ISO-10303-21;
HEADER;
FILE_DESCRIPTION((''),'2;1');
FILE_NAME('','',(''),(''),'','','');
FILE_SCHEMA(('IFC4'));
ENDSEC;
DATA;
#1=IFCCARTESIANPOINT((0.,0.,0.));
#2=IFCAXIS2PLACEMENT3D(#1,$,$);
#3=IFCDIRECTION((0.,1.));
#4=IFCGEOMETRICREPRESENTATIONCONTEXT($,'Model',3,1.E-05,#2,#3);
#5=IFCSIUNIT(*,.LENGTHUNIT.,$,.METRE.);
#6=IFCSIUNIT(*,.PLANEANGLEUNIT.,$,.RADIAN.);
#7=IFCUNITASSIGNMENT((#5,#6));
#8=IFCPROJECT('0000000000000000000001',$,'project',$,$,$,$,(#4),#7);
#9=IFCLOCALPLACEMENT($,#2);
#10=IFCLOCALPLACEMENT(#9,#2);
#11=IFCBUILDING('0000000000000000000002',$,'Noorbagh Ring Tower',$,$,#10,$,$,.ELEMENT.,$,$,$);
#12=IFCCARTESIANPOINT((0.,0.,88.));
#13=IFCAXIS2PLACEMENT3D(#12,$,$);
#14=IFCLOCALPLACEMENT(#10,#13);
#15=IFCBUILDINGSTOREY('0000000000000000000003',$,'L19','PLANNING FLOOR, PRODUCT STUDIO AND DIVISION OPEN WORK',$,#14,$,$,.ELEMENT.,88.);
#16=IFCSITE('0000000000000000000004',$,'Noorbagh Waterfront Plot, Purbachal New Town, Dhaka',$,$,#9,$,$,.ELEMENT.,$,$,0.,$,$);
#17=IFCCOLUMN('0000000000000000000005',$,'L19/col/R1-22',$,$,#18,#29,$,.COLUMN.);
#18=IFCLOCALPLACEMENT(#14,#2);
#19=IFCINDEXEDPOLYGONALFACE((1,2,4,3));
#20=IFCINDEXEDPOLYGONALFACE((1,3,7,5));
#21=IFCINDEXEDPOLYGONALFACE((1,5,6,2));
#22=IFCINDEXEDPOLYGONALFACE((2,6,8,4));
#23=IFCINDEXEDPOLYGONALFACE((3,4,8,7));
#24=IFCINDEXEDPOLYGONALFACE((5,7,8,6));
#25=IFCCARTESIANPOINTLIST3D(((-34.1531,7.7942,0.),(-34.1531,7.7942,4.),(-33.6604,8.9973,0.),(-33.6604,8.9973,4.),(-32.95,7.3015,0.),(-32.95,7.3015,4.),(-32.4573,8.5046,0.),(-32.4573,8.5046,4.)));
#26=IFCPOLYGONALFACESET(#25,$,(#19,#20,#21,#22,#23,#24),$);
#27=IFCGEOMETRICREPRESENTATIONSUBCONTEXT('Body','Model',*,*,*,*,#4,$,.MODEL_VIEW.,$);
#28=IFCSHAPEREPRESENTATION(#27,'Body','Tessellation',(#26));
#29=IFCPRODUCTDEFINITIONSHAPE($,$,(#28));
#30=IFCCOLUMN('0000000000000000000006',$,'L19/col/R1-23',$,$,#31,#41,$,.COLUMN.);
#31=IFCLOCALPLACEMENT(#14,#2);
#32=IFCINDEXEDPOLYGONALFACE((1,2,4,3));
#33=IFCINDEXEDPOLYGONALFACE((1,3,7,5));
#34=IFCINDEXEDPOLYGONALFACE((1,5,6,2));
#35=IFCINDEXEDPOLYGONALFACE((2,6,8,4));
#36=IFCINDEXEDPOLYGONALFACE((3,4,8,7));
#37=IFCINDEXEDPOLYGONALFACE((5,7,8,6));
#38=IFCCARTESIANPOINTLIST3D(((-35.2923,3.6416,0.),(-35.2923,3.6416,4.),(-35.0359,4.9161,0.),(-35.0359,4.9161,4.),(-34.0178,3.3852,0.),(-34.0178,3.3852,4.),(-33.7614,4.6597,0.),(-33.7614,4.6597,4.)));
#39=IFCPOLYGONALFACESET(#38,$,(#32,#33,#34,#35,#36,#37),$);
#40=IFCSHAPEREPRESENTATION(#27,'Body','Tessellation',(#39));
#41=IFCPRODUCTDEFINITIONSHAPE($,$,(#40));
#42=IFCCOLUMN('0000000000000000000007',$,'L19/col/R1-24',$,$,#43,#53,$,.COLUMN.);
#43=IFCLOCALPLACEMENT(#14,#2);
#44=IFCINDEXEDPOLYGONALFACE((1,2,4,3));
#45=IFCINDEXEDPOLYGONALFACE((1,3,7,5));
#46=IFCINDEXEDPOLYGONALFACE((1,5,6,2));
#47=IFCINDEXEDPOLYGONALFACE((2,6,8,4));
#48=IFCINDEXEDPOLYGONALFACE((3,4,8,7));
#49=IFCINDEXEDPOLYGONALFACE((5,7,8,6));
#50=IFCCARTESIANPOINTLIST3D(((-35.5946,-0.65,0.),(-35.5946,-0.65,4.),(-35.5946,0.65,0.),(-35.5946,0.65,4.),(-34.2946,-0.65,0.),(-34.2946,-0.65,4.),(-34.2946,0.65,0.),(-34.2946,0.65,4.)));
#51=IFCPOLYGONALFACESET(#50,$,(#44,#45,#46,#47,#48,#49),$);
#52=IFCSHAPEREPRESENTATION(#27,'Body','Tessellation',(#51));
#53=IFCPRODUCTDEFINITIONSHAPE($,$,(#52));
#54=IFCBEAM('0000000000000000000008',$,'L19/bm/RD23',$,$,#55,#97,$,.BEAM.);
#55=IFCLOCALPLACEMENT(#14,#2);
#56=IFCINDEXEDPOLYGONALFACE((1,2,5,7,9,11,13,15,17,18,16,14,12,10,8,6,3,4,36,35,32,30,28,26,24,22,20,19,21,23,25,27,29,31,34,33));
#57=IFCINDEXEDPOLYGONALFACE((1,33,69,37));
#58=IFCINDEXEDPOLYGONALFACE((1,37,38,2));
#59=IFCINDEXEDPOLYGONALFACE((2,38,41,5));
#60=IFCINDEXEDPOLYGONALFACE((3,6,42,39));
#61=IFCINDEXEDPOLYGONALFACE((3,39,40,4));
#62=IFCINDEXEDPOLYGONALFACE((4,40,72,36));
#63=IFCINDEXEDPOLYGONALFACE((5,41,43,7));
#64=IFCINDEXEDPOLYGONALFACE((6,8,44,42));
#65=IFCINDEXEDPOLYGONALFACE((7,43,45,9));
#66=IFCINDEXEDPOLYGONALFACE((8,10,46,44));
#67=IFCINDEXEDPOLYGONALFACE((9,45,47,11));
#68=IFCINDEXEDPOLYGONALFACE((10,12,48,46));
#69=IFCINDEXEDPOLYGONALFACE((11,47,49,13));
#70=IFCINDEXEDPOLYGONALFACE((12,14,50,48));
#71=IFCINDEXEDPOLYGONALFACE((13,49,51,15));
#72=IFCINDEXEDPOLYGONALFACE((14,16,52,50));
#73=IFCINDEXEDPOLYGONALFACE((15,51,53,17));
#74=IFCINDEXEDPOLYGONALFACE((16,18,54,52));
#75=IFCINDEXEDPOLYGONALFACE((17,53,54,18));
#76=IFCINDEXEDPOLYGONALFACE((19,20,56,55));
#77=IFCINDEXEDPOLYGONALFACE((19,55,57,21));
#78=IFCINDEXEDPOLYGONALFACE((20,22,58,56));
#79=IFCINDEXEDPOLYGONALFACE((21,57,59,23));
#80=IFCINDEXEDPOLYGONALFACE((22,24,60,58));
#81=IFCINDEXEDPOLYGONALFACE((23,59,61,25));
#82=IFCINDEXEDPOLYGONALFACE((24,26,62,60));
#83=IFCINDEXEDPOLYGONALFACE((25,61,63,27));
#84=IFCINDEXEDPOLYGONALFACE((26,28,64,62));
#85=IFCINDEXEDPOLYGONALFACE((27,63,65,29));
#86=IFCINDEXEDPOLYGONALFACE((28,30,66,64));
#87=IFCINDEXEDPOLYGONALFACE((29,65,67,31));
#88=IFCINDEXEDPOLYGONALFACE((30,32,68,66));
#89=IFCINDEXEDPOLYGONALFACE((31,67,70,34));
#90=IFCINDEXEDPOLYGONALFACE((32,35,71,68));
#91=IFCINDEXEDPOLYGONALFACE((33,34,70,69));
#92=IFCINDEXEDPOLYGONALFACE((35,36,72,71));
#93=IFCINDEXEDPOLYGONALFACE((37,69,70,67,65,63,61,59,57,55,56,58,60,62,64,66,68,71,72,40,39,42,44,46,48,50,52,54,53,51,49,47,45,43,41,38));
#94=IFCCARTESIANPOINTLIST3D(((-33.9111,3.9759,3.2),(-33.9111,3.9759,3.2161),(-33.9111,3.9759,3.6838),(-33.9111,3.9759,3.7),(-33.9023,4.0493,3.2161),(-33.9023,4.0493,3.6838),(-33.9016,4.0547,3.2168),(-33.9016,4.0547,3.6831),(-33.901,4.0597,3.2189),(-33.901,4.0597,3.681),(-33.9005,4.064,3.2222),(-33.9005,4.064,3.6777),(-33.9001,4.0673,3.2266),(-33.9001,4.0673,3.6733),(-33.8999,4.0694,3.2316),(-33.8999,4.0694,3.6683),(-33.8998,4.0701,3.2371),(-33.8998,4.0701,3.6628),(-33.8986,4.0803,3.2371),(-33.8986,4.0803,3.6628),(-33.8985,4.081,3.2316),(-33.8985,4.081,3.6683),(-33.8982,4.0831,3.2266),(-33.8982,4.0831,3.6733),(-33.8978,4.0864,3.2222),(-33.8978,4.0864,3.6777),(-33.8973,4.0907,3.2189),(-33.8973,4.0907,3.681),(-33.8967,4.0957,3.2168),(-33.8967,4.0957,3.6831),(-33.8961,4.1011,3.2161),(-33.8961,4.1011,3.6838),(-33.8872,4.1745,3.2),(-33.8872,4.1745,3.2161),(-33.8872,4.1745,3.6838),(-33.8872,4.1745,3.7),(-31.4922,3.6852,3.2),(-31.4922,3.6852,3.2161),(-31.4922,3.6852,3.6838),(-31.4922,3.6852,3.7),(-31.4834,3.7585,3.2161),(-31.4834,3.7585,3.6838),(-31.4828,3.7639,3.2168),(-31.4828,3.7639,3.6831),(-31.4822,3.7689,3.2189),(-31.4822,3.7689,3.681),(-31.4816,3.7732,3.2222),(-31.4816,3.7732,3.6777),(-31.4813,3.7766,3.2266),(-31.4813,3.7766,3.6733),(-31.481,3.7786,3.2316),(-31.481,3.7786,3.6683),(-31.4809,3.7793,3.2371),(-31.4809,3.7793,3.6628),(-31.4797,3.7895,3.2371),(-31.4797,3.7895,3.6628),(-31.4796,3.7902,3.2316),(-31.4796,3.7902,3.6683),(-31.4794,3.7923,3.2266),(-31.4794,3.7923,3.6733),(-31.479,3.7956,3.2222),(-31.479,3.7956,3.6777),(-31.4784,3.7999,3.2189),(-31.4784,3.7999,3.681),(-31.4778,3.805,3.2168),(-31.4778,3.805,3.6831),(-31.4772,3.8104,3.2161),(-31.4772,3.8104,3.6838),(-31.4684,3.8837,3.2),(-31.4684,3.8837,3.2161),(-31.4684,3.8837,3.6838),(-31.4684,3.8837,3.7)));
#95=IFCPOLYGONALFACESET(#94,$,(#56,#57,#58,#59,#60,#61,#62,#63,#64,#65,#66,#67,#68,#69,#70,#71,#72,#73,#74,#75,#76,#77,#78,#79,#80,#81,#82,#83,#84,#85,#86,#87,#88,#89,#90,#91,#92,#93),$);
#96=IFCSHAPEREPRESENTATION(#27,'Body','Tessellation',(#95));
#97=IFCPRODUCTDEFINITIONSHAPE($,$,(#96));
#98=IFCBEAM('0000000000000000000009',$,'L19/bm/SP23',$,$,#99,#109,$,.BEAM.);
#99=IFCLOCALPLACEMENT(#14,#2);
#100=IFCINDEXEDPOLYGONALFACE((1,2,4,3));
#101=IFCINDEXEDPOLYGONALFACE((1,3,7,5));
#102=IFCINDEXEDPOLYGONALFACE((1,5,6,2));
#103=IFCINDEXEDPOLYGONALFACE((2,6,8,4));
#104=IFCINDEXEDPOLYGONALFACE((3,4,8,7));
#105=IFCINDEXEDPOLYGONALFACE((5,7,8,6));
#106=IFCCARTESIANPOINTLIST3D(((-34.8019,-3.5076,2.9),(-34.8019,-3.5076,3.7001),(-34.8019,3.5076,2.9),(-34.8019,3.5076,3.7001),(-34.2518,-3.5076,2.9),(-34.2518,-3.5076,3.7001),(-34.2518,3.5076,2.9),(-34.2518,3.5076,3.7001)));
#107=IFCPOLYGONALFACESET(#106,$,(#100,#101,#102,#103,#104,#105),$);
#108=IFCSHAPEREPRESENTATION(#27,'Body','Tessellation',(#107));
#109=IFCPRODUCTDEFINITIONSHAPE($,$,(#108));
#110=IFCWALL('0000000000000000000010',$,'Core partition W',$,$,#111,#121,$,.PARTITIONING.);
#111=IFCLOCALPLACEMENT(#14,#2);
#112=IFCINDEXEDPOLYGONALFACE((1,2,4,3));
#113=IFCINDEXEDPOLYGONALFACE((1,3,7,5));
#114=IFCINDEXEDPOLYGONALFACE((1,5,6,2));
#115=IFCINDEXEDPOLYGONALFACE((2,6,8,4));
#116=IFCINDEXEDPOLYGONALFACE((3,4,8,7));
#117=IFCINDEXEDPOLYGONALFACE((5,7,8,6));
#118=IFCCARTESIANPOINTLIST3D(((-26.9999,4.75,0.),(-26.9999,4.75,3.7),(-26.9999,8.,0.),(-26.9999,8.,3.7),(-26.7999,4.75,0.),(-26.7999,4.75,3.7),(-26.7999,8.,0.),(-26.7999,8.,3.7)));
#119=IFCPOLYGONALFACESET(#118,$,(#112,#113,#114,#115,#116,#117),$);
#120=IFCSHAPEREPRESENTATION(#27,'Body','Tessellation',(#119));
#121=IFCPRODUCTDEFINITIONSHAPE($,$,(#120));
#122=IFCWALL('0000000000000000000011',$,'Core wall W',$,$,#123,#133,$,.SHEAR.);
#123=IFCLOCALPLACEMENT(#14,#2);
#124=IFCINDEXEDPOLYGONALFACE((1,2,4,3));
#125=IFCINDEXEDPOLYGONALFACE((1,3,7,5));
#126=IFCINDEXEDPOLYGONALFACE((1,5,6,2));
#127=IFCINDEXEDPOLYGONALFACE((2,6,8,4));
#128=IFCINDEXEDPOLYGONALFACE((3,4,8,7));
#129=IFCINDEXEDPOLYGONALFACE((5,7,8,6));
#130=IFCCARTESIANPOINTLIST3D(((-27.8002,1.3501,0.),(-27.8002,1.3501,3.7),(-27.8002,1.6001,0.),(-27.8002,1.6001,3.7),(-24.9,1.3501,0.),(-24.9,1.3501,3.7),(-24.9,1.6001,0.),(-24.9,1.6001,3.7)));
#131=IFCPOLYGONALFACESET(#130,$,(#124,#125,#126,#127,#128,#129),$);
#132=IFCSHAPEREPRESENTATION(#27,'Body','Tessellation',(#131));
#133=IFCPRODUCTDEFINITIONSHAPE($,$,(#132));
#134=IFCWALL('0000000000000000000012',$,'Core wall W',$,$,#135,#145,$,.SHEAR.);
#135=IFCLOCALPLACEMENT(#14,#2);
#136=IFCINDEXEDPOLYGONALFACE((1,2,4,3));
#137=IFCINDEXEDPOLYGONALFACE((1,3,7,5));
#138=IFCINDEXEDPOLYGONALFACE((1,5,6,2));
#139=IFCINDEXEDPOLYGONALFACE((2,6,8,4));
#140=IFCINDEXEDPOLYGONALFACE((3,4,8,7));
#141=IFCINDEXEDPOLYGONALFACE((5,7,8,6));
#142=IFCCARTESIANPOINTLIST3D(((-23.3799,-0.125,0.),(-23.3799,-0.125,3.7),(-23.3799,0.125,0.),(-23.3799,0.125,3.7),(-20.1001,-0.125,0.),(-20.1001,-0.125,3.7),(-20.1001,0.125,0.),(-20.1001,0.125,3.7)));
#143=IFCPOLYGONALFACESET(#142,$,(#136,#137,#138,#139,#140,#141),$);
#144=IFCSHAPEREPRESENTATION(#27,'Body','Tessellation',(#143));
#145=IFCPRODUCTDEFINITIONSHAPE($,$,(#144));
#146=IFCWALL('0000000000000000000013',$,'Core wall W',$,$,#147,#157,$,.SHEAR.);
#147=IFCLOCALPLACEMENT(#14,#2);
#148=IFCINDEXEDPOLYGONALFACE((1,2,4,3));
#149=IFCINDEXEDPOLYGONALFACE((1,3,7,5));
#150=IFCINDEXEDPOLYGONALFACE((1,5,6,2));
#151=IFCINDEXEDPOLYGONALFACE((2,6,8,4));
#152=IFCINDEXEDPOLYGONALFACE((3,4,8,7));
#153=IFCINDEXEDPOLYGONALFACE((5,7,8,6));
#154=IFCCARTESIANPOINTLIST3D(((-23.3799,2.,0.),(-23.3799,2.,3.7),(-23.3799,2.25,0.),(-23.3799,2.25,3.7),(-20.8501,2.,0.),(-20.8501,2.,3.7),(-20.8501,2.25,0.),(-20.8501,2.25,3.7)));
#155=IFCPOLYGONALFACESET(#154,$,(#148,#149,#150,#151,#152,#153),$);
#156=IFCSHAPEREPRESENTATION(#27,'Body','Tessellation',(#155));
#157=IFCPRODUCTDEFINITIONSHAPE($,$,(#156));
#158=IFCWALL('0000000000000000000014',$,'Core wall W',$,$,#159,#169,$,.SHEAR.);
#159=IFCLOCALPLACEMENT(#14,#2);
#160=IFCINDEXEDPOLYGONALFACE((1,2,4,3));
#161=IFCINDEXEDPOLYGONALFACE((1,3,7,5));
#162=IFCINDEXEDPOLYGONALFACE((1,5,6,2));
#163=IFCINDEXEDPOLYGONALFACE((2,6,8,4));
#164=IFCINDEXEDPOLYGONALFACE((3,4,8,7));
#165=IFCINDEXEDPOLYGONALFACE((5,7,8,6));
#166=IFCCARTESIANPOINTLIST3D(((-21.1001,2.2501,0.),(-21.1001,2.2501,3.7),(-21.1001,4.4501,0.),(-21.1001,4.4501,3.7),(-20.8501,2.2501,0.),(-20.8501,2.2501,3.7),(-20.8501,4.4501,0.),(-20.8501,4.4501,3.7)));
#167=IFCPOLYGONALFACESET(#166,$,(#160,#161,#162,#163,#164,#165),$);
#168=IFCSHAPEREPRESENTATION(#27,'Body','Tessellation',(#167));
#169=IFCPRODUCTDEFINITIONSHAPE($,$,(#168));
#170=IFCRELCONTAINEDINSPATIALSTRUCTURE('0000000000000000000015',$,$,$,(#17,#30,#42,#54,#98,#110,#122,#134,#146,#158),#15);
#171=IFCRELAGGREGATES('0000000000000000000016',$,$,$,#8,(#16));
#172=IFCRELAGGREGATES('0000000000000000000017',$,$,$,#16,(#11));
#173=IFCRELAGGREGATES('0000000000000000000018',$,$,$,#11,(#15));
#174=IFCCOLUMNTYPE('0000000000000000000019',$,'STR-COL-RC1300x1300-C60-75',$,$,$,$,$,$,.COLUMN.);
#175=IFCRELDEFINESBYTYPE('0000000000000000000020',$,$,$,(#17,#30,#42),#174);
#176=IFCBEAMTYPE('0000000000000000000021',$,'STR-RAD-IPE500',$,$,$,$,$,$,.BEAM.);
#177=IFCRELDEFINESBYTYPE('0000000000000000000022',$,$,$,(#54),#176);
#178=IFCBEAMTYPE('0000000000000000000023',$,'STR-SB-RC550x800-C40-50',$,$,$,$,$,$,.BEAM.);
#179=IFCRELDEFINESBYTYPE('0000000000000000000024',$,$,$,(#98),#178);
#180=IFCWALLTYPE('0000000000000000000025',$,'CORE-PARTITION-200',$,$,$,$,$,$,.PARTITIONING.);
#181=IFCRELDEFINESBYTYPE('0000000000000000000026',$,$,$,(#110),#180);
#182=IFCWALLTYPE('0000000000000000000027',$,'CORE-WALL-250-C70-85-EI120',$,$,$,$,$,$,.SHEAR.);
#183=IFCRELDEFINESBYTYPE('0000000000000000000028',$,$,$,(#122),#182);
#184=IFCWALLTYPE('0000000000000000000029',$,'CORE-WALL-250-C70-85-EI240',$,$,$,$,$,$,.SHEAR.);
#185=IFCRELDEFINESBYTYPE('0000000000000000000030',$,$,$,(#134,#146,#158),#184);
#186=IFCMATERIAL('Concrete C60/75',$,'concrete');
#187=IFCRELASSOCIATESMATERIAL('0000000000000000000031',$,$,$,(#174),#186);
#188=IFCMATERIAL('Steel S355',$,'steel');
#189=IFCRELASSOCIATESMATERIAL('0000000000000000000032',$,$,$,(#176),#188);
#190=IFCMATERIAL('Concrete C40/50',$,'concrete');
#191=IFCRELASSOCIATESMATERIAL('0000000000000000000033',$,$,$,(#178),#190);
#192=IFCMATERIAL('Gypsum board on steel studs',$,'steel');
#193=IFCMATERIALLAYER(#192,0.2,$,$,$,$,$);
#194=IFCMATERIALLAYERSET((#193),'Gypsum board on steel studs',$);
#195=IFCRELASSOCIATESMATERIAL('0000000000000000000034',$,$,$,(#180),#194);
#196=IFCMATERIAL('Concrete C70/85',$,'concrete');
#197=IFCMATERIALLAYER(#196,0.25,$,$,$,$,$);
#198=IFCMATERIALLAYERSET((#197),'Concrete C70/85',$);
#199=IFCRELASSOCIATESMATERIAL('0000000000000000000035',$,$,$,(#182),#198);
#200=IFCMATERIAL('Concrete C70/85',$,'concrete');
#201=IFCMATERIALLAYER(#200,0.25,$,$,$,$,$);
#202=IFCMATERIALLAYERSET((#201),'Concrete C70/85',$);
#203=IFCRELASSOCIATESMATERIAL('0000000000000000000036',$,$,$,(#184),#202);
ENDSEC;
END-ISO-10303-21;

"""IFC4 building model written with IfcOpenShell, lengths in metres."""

from ifc_helpers import new_model, si_unit, direction, frame, frame_2d, origin, origin_2d, place, context, subcontext, project, spatial, rectangle, i_section, extrude, material, layer, layer_set, material_profile, profile_set, type_object, element, save


model = new_model("IFC4")

# Units and contexts
model_context = context("Model", 3, precision=1e-05, world=origin(), true_north=direction((0.0, 1.0)))
body_context = subcontext(model_context, "Body", "Model", "MODEL_VIEW")
ifc_project = project(units=[si_unit("LENGTHUNIT", "METRE"), si_unit("PLANEANGLEUNIT", "RADIAN")], contexts=[model_context])

# Site, building, storey
site_placement = place(None, origin())
site = spatial("IfcSite", under=ifc_project, at=site_placement, Name="Noorbagh Waterfront Plot, Purbachal New Town, Dhaka", CompositionType="ELEMENT", RefElevation=0.0)
building_placement = place(site_placement, origin())
building = spatial("IfcBuilding", under=site, at=building_placement, Name="Noorbagh Ring Tower", CompositionType="ELEMENT")
storey_placement = place(building_placement, frame((0.0, 0.0, 88.0)))
storey = spatial("IfcBuildingStorey", under=building, at=storey_placement, Name="L19", Description="PLANNING FLOOR, PRODUCT STUDIO AND DIVISION OPEN WORK", CompositionType="ELEMENT", Elevation=88.0)

# Columns
ifc_material_1 = material(Name="Concrete C60/75", Category="concrete")
ifc_material_profile_1 = material_profile(ifc_material_1, rectangle(XDim=1.3, YDim=1.3, at=origin_2d()), Name="RC1300x1300")
ifc_profile_set_1 = profile_set([ifc_material_profile_1], Name="Concrete C60/75")
column_type = type_object("IfcColumnType", Name="STR-COL-RC1300x1300-C60-75", PredefinedType="COLUMN", material=ifc_profile_set_1)
for number, where, z_axis, x_axis, name in (
    (1, (-33.3052, 8.1494, 0.0), (0.0, 0.0, 1.0), (-0.378989, -0.925401, 0.0), "L19/col/R1-22"),
    (2, (-34.5269, 4.1506, 0.0), (0.0, 0.0, 1.0), (-0.19723, -0.980357, 0.0), "L19/col/R1-23"),
    (3, (-34.9446, 0.0, 0.0), (0.0, 0.0, 1.0), (0.0, -1.0, 0.0), "L19/col/R1-24"),
):
    element("IfcColumn", number, at=place(storey_placement, frame(where, z_axis=z_axis, x_axis=x_axis)), inside=storey, type_object=column_type, Name=name, PredefinedType="COLUMN", context=body_context, shape_type="SweptSolid", body=[
        extrude(rectangle(XDim=1.3, YDim=1.3, at=origin_2d()), origin(), (0.0, 0.0, 1.0), 4.0),
    ])

# Beams
ifc_material_2 = material(Name="Steel S355", Category="steel")
ifc_material_profile_2 = material_profile(ifc_material_2, i_section(OverallWidth=0.2, OverallDepth=0.5, WebThickness=0.0103, FlangeThickness=0.0161, FilletRadius=0.021, at=origin_2d()), Name="IPE500")
ifc_profile_set_2 = profile_set([ifc_material_profile_2], Name="Steel S355")
beam_type_1 = type_object("IfcBeamType", Name="STR-RAD-IPE500", PredefinedType="BEAM", material=ifc_profile_set_2)
beam_1_placement = place(storey_placement, frame((-33.8992, 4.0752, 3.45), z_axis=(0.992853, -0.119347, 0.0), x_axis=(0.119347, 0.992853, 0.0)))
element("IfcBeam", 4, at=beam_1_placement, inside=storey, type_object=beam_type_1, Name="L19/bm/RD23", PredefinedType="BEAM", context=body_context, shape_type="SweptSolid", body=[
    extrude(i_section(OverallWidth=0.2, OverallDepth=0.5, WebThickness=0.0103, FlangeThickness=0.0161, FilletRadius=0.021, at=origin_2d()), origin(), (0.0, 0.0, 1.0), 2.4363),
])
ifc_material_3 = material(Name="Concrete C40/50", Category="concrete")
ifc_material_profile_3 = material_profile(ifc_material_3, rectangle(XDim=0.55, YDim=0.8, at=origin_2d()), Name="RC550x800")
ifc_profile_set_3 = profile_set([ifc_material_profile_3], Name="Concrete C40/50")
beam_type_2 = type_object("IfcBeamType", Name="STR-SB-RC550x800-C40-50", PredefinedType="BEAM", material=ifc_profile_set_3)
beam_2_placement = place(storey_placement, frame((-34.5269, 3.5076, 3.3), z_axis=(0.0, -1.0, 0.0), x_axis=(1.0, 0.0, 0.0)))
element("IfcBeam", 5, at=beam_2_placement, inside=storey, type_object=beam_type_2, Name="L19/bm/SP23", PredefinedType="BEAM", context=body_context, shape_type="SweptSolid", body=[
    extrude(rectangle(XDim=0.55, YDim=0.8, at=origin_2d()), origin(), (0.0, 0.0, 1.0), 7.0151),
])

# Walls
ifc_material_4 = material(Name="Gypsum board on steel studs", Category="steel")
ifc_layer_1 = layer(ifc_material_4, 0.2)
ifc_layer_set_1 = layer_set([ifc_layer_1], Name="Gypsum board on steel studs")
wall_type_1 = type_object("IfcWallType", Name="CORE-PARTITION-200", PredefinedType="PARTITIONING", material=ifc_layer_set_1)
wall_1_placement = place(storey_placement, frame((-26.8999, 4.75, 0.0), z_axis=(0.0, 0.0, 1.0), x_axis=(0.0, 1.0, 0.0)))
element("IfcWall", 6, at=wall_1_placement, inside=storey, type_object=wall_type_1, Name="Core partition W", PredefinedType="PARTITIONING", context=body_context, shape_type="SweptSolid", body=[
    extrude(rectangle(XDim=3.25, YDim=0.2, at=frame_2d((1.625, 0.0))), origin(), (0.0, 0.0, 1.0), 3.7),
])
ifc_material_5 = material(Name="Concrete C70/85", Category="concrete")
ifc_layer_2 = layer(ifc_material_5, 0.25)
ifc_layer_set_2 = layer_set([ifc_layer_2], Name="Concrete C70/85")
wall_type_2 = type_object("IfcWallType", Name="CORE-WALL-250-C70-85-EI120", PredefinedType="SHEAR", material=ifc_layer_set_2)
wall_2_placement = place(storey_placement, frame((-24.8999, 1.4751, 0.0), z_axis=(0.0, 0.0, 1.0), x_axis=(-1.0, 0.0, 0.0)))
element("IfcWall", 7, at=wall_2_placement, inside=storey, type_object=wall_type_2, Name="Core wall W", PredefinedType="SHEAR", context=body_context, shape_type="SweptSolid", body=[
    extrude(rectangle(XDim=2.9001, YDim=0.25, at=frame_2d((1.4502, 0.0))), origin(), (0.0, 0.0, 1.0), 3.7),
])
ifc_material_6 = material(Name="Concrete C70/85", Category="concrete")
ifc_layer_3 = layer(ifc_material_6, 0.25)
ifc_layer_set_3 = layer_set([ifc_layer_3], Name="Concrete C70/85")
wall_type_3 = type_object("IfcWallType", Name="CORE-WALL-250-C70-85-EI240", PredefinedType="SHEAR", material=ifc_layer_set_3)
wall_3_placement = place(storey_placement, frame((-20.1001, 0.0, 0.0), z_axis=(0.0, 0.0, 1.0), x_axis=(-1.0, 0.0, 0.0)))
element("IfcWall", 8, at=wall_3_placement, inside=storey, type_object=wall_type_3, Name="Core wall W", PredefinedType="SHEAR", context=body_context, shape_type="SweptSolid", body=[
    extrude(rectangle(XDim=3.2798, YDim=0.25, at=frame_2d((1.6399, 0.0))), origin(), (0.0, 0.0, 1.0), 3.7),
])
wall_4_placement = place(storey_placement, frame((-20.8501, 2.125, 0.0), z_axis=(0.0, 0.0, 1.0), x_axis=(-1.0, 0.0, 0.0)))
element("IfcWall", 9, at=wall_4_placement, inside=storey, type_object=wall_type_3, Name="Core wall W", PredefinedType="SHEAR", context=body_context, shape_type="SweptSolid", body=[
    extrude(rectangle(XDim=2.5298, YDim=0.25, at=frame_2d((1.2649, 0.0))), origin(), (0.0, 0.0, 1.0), 3.7),
])
wall_5_placement = place(storey_placement, frame((-20.9751, 2.25, 0.0), z_axis=(0.0, 0.0, 1.0), x_axis=(0.0, 1.0, 0.0)))
element("IfcWall", 10, at=wall_5_placement, inside=storey, type_object=wall_type_3, Name="Core wall W", PredefinedType="SHEAR", context=body_context, shape_type="SweptSolid", body=[
    extrude(rectangle(XDim=2.2, YDim=0.25, at=frame_2d((1.1001, 0.0))), origin(), (0.0, 0.0, 1.0), 3.7),
])

save(model, "model.ifc")
